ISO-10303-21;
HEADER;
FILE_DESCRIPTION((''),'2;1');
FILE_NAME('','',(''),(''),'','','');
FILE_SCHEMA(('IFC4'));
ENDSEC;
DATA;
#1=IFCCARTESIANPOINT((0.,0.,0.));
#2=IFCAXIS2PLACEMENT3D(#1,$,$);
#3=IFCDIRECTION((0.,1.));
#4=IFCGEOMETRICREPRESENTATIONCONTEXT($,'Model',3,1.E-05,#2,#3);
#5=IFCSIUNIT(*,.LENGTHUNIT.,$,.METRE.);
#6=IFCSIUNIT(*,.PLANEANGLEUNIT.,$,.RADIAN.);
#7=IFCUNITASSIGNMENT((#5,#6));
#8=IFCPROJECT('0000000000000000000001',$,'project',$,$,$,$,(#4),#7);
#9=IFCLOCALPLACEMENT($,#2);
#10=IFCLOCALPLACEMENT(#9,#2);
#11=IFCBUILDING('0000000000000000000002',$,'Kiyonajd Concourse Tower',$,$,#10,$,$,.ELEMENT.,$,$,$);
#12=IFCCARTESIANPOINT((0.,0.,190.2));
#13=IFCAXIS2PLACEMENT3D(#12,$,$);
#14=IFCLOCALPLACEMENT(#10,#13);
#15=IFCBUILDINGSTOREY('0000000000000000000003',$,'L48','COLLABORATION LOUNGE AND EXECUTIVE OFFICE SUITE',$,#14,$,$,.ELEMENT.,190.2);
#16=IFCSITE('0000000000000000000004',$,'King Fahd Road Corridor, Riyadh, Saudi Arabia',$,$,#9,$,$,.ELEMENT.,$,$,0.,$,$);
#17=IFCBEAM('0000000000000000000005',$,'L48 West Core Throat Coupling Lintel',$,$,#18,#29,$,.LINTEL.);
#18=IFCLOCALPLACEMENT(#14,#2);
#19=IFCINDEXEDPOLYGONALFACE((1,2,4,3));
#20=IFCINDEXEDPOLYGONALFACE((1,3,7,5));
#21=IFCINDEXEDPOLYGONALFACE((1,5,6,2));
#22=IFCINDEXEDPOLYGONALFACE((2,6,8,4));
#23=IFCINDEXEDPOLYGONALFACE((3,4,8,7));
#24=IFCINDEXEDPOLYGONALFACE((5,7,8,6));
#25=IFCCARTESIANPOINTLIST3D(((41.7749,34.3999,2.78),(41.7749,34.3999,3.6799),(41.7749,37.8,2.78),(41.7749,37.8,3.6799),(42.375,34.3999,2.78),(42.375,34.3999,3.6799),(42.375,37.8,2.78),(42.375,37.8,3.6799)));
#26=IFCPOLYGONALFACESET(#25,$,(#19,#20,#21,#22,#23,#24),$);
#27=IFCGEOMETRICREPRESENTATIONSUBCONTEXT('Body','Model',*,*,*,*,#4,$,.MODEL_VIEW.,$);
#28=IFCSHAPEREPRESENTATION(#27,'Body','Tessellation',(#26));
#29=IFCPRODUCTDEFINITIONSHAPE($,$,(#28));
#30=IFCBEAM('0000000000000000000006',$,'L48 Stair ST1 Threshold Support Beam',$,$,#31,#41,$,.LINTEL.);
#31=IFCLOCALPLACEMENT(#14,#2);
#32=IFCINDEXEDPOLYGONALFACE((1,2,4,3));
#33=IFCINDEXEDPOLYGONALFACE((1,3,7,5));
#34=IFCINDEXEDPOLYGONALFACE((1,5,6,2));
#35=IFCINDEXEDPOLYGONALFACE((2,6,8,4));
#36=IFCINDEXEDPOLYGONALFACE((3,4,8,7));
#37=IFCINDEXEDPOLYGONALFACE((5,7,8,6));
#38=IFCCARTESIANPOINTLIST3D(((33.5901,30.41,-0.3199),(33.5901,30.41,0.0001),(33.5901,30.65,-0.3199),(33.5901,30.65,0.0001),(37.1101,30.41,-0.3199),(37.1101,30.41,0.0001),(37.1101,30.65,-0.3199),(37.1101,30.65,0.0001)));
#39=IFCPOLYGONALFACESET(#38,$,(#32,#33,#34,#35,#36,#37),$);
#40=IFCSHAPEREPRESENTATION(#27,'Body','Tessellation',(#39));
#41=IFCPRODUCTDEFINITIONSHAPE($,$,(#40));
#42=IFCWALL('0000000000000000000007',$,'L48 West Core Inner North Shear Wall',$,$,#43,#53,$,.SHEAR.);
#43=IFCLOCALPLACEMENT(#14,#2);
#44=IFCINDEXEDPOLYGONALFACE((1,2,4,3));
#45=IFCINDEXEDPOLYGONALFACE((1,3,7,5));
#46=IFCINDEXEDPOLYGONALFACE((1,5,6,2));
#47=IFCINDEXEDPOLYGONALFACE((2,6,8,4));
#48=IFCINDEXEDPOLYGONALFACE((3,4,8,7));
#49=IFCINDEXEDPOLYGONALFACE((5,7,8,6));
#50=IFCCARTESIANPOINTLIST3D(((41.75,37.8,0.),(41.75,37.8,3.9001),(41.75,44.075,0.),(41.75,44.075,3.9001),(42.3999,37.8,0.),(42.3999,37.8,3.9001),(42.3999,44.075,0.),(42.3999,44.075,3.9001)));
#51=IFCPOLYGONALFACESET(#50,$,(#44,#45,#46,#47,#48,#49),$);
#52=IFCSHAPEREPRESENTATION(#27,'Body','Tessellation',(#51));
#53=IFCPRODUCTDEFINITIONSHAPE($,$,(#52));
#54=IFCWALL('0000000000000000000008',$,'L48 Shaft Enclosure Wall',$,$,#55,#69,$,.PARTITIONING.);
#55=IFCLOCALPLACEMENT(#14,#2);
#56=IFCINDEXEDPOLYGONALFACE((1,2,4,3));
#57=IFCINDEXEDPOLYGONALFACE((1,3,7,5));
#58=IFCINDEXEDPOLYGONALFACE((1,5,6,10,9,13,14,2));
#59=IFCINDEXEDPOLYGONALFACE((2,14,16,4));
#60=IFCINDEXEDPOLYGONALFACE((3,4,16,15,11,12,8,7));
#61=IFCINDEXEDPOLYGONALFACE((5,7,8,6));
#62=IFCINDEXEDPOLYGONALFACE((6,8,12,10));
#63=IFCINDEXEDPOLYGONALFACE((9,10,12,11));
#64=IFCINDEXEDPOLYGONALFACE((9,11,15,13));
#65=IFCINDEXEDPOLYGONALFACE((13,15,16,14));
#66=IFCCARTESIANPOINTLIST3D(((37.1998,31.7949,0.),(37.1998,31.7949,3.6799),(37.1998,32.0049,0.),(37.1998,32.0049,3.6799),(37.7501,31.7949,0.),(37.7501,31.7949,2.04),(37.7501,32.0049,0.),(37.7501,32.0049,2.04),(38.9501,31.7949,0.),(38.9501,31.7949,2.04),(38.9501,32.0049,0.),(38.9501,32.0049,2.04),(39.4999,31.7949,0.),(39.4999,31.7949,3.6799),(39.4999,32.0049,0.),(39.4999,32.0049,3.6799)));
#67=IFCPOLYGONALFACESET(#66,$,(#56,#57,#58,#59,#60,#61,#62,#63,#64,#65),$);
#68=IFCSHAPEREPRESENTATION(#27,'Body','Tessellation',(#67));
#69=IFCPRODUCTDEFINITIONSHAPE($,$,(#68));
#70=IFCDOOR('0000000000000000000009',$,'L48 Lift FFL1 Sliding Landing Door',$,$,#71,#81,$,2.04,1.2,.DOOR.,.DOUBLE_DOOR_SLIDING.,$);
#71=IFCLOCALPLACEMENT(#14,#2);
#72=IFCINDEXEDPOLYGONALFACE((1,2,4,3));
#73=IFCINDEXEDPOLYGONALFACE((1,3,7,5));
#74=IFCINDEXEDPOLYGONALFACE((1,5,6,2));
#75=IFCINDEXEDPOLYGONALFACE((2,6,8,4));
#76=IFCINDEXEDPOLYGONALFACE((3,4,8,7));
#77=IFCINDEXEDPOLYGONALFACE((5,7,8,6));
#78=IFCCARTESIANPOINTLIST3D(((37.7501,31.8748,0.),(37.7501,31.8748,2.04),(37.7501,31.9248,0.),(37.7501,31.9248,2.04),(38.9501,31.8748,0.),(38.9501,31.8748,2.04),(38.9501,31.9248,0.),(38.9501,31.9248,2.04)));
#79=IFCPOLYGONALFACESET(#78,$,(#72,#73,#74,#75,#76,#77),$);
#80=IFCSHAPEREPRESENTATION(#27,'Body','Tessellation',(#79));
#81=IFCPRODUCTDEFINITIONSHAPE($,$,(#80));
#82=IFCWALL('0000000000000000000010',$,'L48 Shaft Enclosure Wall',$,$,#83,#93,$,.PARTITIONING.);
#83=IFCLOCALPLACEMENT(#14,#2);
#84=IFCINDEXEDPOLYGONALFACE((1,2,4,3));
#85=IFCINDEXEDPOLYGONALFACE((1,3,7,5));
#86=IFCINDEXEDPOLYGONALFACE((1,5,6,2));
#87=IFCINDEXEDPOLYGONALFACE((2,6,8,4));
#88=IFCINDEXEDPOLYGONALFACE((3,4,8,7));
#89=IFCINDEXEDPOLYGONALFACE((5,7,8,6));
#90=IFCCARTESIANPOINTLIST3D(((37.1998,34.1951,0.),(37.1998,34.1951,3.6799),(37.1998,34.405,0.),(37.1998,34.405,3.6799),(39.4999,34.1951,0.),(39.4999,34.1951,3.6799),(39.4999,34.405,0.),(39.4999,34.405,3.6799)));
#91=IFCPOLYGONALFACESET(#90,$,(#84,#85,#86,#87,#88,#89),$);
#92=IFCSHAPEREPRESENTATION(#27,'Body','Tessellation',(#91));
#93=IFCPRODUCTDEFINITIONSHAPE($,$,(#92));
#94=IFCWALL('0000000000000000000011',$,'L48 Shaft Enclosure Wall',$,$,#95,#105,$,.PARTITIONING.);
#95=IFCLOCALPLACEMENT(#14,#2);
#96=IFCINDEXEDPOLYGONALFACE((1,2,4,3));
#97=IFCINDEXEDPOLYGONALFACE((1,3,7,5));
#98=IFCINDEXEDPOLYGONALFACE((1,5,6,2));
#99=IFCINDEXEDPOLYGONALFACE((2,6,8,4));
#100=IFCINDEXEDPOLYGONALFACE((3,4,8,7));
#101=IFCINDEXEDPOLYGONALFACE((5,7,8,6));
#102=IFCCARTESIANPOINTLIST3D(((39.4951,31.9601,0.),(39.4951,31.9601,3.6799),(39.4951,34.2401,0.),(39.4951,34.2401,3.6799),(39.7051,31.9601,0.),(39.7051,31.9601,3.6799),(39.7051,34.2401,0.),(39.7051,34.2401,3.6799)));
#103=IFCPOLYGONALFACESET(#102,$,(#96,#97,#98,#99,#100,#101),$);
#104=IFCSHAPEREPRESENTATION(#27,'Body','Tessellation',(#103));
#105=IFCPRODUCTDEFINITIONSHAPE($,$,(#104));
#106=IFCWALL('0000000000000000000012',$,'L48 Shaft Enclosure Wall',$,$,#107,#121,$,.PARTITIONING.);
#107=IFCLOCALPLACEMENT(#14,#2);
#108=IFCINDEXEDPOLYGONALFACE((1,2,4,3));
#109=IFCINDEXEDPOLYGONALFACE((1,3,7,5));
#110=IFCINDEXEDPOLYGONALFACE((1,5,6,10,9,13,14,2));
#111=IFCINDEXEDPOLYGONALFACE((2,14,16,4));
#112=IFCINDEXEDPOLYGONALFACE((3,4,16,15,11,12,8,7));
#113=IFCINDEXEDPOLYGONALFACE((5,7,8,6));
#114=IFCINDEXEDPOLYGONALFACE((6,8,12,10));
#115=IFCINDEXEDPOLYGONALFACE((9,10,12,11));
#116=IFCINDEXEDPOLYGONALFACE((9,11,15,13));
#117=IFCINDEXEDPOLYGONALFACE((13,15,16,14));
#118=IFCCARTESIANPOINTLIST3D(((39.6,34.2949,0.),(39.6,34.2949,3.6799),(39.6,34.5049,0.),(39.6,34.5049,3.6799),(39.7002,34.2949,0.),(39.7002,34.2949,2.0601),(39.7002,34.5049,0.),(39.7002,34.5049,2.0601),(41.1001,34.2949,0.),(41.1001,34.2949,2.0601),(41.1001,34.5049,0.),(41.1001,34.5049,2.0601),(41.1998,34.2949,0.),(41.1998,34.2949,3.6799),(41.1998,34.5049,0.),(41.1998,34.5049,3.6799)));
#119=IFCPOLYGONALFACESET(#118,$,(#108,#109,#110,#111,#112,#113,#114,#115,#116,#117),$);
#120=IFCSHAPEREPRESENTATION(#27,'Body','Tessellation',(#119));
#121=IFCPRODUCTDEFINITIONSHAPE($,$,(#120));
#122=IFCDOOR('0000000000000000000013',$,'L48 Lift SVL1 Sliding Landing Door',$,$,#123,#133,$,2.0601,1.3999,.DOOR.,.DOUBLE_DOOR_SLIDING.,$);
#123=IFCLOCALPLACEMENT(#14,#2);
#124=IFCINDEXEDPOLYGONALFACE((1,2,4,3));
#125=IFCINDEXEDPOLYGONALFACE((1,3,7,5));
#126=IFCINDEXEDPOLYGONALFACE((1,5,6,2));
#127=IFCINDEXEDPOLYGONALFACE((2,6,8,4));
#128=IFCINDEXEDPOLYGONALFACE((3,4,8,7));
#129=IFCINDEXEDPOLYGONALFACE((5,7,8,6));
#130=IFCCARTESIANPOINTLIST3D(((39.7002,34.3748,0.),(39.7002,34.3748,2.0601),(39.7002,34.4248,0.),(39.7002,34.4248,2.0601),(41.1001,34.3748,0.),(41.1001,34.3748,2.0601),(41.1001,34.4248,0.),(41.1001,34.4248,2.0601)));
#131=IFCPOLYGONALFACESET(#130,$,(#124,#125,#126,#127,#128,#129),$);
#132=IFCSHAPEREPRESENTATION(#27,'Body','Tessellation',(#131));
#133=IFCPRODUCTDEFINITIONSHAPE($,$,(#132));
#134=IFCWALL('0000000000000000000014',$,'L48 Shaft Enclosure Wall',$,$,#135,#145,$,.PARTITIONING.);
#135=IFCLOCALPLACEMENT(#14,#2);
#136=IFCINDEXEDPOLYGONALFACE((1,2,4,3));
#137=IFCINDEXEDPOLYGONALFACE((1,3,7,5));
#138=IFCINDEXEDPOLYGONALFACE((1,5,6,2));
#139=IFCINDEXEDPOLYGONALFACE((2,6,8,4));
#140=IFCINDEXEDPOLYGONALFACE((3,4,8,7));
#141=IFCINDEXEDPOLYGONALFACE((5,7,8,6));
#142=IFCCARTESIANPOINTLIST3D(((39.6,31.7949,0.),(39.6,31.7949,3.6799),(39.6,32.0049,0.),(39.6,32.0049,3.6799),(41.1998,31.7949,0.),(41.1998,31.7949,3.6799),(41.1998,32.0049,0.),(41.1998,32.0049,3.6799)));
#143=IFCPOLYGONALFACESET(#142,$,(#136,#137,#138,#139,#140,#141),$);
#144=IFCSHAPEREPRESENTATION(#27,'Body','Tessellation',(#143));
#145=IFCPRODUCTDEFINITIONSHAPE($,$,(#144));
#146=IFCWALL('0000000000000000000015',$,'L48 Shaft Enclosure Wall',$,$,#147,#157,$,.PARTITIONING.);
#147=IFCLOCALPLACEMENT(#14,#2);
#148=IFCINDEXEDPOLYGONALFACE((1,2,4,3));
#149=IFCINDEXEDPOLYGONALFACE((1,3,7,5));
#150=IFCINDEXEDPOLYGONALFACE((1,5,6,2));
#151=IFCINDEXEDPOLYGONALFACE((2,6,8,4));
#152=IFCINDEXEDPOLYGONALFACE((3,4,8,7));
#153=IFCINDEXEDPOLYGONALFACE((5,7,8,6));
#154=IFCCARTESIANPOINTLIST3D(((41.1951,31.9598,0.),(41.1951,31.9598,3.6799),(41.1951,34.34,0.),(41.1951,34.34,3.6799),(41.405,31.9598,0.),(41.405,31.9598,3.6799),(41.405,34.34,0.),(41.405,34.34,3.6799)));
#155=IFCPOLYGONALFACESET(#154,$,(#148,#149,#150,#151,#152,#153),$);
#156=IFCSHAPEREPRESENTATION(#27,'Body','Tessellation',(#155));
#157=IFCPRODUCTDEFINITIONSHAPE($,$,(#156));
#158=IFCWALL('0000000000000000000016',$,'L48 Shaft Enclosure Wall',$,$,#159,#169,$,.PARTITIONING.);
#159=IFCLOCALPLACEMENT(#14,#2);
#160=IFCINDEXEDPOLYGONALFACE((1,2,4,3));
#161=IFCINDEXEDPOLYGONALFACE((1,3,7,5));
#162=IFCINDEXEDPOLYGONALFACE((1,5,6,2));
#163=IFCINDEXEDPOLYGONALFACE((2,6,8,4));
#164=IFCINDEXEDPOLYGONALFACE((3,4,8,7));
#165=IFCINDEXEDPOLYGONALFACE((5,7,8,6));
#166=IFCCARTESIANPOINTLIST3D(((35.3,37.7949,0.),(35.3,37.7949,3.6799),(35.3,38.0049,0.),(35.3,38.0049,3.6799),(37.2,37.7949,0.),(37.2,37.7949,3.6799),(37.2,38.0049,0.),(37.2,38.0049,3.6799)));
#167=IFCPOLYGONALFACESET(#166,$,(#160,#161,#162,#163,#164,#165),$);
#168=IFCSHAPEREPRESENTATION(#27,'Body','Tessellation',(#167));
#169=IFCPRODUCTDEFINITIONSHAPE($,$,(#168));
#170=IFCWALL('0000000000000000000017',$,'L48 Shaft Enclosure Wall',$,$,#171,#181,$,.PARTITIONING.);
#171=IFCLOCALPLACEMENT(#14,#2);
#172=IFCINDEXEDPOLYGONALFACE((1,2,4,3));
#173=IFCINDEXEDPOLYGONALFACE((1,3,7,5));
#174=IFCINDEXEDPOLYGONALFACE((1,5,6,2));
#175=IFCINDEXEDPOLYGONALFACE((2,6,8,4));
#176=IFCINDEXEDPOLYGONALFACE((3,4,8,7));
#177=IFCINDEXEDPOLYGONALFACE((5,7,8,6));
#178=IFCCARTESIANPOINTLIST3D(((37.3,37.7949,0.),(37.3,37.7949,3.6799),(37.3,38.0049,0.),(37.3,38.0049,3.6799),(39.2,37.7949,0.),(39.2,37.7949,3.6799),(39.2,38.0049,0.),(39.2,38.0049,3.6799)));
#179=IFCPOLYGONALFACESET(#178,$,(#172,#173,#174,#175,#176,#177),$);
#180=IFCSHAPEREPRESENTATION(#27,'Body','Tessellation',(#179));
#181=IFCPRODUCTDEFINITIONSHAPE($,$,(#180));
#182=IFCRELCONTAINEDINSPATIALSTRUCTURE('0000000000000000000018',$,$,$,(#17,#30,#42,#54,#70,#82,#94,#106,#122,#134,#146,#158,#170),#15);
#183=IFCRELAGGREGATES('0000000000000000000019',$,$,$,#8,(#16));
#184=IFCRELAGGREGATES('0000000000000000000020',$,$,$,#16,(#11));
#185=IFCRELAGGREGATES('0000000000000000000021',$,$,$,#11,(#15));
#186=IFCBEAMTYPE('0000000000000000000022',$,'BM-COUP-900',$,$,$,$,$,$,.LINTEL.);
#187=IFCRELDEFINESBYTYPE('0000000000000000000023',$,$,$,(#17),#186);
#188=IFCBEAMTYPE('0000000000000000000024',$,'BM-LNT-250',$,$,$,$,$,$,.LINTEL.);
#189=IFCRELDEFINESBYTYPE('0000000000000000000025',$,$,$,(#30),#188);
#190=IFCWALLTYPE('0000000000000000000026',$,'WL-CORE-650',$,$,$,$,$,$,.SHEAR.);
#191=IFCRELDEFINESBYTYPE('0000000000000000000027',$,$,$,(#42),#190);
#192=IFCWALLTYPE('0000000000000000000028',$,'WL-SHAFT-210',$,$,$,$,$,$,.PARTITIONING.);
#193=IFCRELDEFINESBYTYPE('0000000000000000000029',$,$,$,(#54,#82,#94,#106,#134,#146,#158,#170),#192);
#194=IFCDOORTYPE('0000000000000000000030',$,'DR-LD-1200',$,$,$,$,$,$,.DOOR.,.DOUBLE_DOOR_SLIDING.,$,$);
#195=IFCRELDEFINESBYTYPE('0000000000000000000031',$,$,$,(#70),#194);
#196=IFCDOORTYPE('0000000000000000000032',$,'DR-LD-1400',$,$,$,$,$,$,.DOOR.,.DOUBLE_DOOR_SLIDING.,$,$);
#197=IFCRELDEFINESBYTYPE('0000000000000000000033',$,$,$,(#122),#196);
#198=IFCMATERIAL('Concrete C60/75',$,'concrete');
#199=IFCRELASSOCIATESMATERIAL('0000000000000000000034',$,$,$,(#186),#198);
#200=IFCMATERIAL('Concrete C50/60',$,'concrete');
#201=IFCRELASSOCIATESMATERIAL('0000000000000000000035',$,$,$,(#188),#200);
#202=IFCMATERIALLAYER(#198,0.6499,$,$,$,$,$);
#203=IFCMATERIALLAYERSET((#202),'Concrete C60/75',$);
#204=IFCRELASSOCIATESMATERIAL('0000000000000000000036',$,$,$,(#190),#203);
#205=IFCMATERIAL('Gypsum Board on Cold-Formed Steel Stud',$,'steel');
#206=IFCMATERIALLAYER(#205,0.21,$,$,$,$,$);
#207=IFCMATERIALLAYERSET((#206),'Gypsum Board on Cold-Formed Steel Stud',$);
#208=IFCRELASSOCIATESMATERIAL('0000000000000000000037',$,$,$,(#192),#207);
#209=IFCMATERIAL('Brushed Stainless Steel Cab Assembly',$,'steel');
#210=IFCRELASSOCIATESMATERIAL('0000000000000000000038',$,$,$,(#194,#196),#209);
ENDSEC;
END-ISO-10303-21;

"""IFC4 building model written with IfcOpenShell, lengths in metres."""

from ifc_helpers import new_model, si_unit, direction, frame, frame_2d, origin, origin_2d, place, context, subcontext, project, spatial, rectangle, extrude, material, layer, layer_set, material_profile, profile_set, type_object, element, fill, save


model = new_model("IFC4")

# Units and contexts
model_context = context("Model", 3, precision=1e-05, world=origin(), true_north=direction((0.0, 1.0)))
body_context = subcontext(model_context, "Body", "Model", "MODEL_VIEW")
ifc_project = project(units=[si_unit("LENGTHUNIT", "METRE"), si_unit("PLANEANGLEUNIT", "RADIAN")], contexts=[model_context])

# Site, building, storey
site_placement = place(None, origin())
site = spatial("IfcSite", under=ifc_project, at=site_placement, Name="King Fahd Road Corridor, Riyadh, Saudi Arabia", CompositionType="ELEMENT", RefElevation=0.0)
building_placement = place(site_placement, origin())
building = spatial("IfcBuilding", under=site, at=building_placement, Name="Kiyonajd Concourse Tower", CompositionType="ELEMENT")
storey_placement = place(building_placement, frame((0.0, 0.0, 190.2)))
storey = spatial("IfcBuildingStorey", under=building, at=storey_placement, Name="L48", Description="COLLABORATION LOUNGE AND EXECUTIVE OFFICE SUITE", CompositionType="ELEMENT", Elevation=190.2)

# Beams
ifc_material_1 = material(Name="Concrete C60/75", Category="concrete")
ifc_material_profile_1 = material_profile(ifc_material_1, rectangle(XDim=0.6001, YDim=0.8999, at=origin_2d()), Name="RCBM-600x900")
ifc_profile_set_1 = profile_set([ifc_material_profile_1], Name="Concrete C60/75")
beam_type_1 = type_object("IfcBeamType", Name="BM-COUP-900", PredefinedType="LINTEL", material=ifc_profile_set_1)
beam_1_placement = place(storey_placement, frame((42.075, 34.3999, 3.23), z_axis=(0.0, 1.0, 0.0), x_axis=(-1.0, 0.0, 0.0)))
element("IfcBeam", 1, at=beam_1_placement, inside=storey, type_object=beam_type_1, Name="L48 West Core Throat Coupling Lintel", PredefinedType="LINTEL", context=body_context, shape_type="SweptSolid", body=[
    extrude(rectangle(XDim=0.6001, YDim=0.8999, at=origin_2d()), origin(), (0.0, 0.0, 1.0), 3.4001),
])
ifc_material_2 = material(Name="Concrete C50/60", Category="concrete")
ifc_material_profile_2 = material_profile(ifc_material_2, rectangle(XDim=0.24, YDim=0.3201, at=origin_2d()), Name="RCBM-240x320")
ifc_profile_set_2 = profile_set([ifc_material_profile_2], Name="Concrete C50/60")
beam_type_2 = type_object("IfcBeamType", Name="BM-LNT-250", PredefinedType="LINTEL", material=ifc_profile_set_2)
beam_2_placement = place(storey_placement, frame((33.5901, 30.53, -0.1599), z_axis=(1.0, 0.0, 0.0), x_axis=(0.0, 1.0, 0.0)))
element("IfcBeam", 2, at=beam_2_placement, inside=storey, type_object=beam_type_2, Name="L48 Stair ST1 Threshold Support Beam", PredefinedType="LINTEL", context=body_context, shape_type="SweptSolid", body=[
    extrude(rectangle(XDim=0.24, YDim=0.3201, at=origin_2d()), origin(), (0.0, 0.0, 1.0), 3.52),
])

# Wall
ifc_layer_1 = layer(ifc_material_1, 0.6499)
ifc_layer_set_1 = layer_set([ifc_layer_1], Name="Concrete C60/75")
wall_type_1 = type_object("IfcWallType", Name="WL-CORE-650", PredefinedType="SHEAR", material=ifc_layer_set_1)
wall_1_placement = place(storey_placement, frame((42.075, 37.8, 0.0), z_axis=(0.0, 0.0, 1.0), x_axis=(0.0, 1.0, 0.0)))
element("IfcWall", 3, at=wall_1_placement, inside=storey, type_object=wall_type_1, Name="L48 West Core Inner North Shear Wall", PredefinedType="SHEAR", context=body_context, shape_type="SweptSolid", body=[
    extrude(rectangle(XDim=6.2749, YDim=0.6499, at=frame_2d((3.1375, 0.0))), origin(), (0.0, 0.0, 1.0), 3.9001),
])

# Wall, opening, door
ifc_material_3 = material(Name="Gypsum Board on Cold-Formed Steel Stud", Category="steel")
ifc_layer_2 = layer(ifc_material_3, 0.21)
ifc_layer_set_2 = layer_set([ifc_layer_2], Name="Gypsum Board on Cold-Formed Steel Stud")
wall_type_2 = type_object("IfcWallType", Name="WL-SHAFT-210", PredefinedType="PARTITIONING", material=ifc_layer_set_2)
wall_2_placement = place(storey_placement, frame((37.2, 31.8999, 0.0), z_axis=(0.0, 0.0, 1.0), x_axis=(1.0, 0.0, 0.0)))
wall_2 = element("IfcWall", 4, at=wall_2_placement, inside=storey, type_object=wall_type_2, Name="L48 Shaft Enclosure Wall", PredefinedType="PARTITIONING", context=body_context, shape_type="SweptSolid", body=[
    extrude(rectangle(XDim=2.3, YDim=0.21, at=frame_2d((1.1499, 0.0))), origin(), (0.0, 0.0, 1.0), 3.6799),
])
opening_1_placement = place(wall_2_placement, frame((0.55, 0.0, 0.0)))
opening_1 = element("IfcOpeningElement", 5, at=opening_1_placement, cuts=wall_2, PredefinedType="OPENING", context=body_context, shape_type="SweptSolid", body=[
    extrude(rectangle(XDim=1.2, YDim=2.04, at=frame_2d((0.6001, 1.02))), frame((0.0, 0.115, 0.0), z_axis=(0.0, -1.0, 0.0), x_axis=(1.0, 0.0, 0.0)), (0.0, 0.0, 1.0), 0.23),
])
ifc_material_4 = material(Name="Brushed Stainless Steel Cab Assembly", Category="steel")
door_type_1 = type_object("IfcDoorType", Name="DR-LD-1200", OperationType="DOUBLE_DOOR_SLIDING", PredefinedType="DOOR", material=ifc_material_4)
door_1_placement = place(opening_1_placement, origin())
door_1 = element("IfcDoor", 6, at=door_1_placement, inside=storey, type_object=door_type_1, Name="L48 Lift FFL1 Sliding Landing Door", OperationType="DOUBLE_DOOR_SLIDING", OverallHeight=2.04, OverallWidth=1.2, PredefinedType="DOOR", context=body_context, shape_type="SweptSolid", body=[
    extrude(rectangle(XDim=1.2, YDim=2.04, at=frame_2d((0.6001, 1.02))), frame((0.0, 0.0249, 0.0), z_axis=(0.0, -1.0, 0.0), x_axis=(1.0, 0.0, 0.0)), (0.0, 0.0, 1.0), 0.05),
])
fill(opening_1, door_1)

# Walls
wall_3_placement = place(storey_placement, frame((37.2, 34.3, 0.0), z_axis=(0.0, 0.0, 1.0), x_axis=(1.0, 0.0, 0.0)))
element("IfcWall", 7, at=wall_3_placement, inside=storey, type_object=wall_type_2, Name="L48 Shaft Enclosure Wall", PredefinedType="PARTITIONING", context=body_context, shape_type="SweptSolid", body=[
    extrude(rectangle(XDim=2.3, YDim=0.21, at=frame_2d((1.1499, 0.0))), origin(), (0.0, 0.0, 1.0), 3.6799),
])
wall_4_placement = place(storey_placement, frame((39.6001, 31.96, 0.0), z_axis=(0.0, 0.0, 1.0), x_axis=(0.0, 1.0, 0.0)))
element("IfcWall", 8, at=wall_4_placement, inside=storey, type_object=wall_type_2, Name="L48 Shaft Enclosure Wall", PredefinedType="PARTITIONING", context=body_context, shape_type="SweptSolid", body=[
    extrude(rectangle(XDim=2.28, YDim=0.21, at=frame_2d((1.1401, 0.0))), origin(), (0.0, 0.0, 1.0), 3.6799),
])

# Wall, opening, door
wall_5_placement = place(storey_placement, frame((39.6001, 34.3999, 0.0), z_axis=(0.0, 0.0, 1.0), x_axis=(1.0, 0.0, 0.0)))
wall_5 = element("IfcWall", 9, at=wall_5_placement, inside=storey, type_object=wall_type_2, Name="L48 Shaft Enclosure Wall", PredefinedType="PARTITIONING", context=body_context, shape_type="SweptSolid", body=[
    extrude(rectangle(XDim=1.5999, YDim=0.21, at=frame_2d((0.7998, 0.0))), origin(), (0.0, 0.0, 1.0), 3.6799),
])
opening_2_placement = place(wall_5_placement, frame((0.1001, 0.0, 0.0)))
opening_2 = element("IfcOpeningElement", 10, at=opening_2_placement, cuts=wall_5, PredefinedType="OPENING", context=body_context, shape_type="SweptSolid", body=[
    extrude(rectangle(XDim=1.3999, YDim=2.0601, at=frame_2d((0.7, 1.03))), frame((0.0, 0.115, 0.0), z_axis=(0.0, -1.0, 0.0), x_axis=(1.0, 0.0, 0.0)), (0.0, 0.0, 1.0), 0.23),
])
door_type_2 = type_object("IfcDoorType", Name="DR-LD-1400", OperationType="DOUBLE_DOOR_SLIDING", PredefinedType="DOOR", material=ifc_material_4)
door_2_placement = place(opening_2_placement, origin())
door_2 = element("IfcDoor", 11, at=door_2_placement, inside=storey, type_object=door_type_2, Name="L48 Lift SVL1 Sliding Landing Door", OperationType="DOUBLE_DOOR_SLIDING", OverallHeight=2.0601, OverallWidth=1.3999, PredefinedType="DOOR", context=body_context, shape_type="SweptSolid", body=[
    extrude(rectangle(XDim=1.3999, YDim=2.0601, at=frame_2d((0.7, 1.03))), frame((0.0, 0.0249, 0.0), z_axis=(0.0, -1.0, 0.0), x_axis=(1.0, 0.0, 0.0)), (0.0, 0.0, 1.0), 0.05),
])
fill(opening_2, door_2)

# Walls
wall_6_placement = place(storey_placement, frame((39.6001, 31.8999, 0.0), z_axis=(0.0, 0.0, 1.0), x_axis=(1.0, 0.0, 0.0)))
element("IfcWall", 12, at=wall_6_placement, inside=storey, type_object=wall_type_2, Name="L48 Shaft Enclosure Wall", PredefinedType="PARTITIONING", context=body_context, shape_type="SweptSolid", body=[
    extrude(rectangle(XDim=1.5999, YDim=0.21, at=frame_2d((0.7998, 0.0))), origin(), (0.0, 0.0, 1.0), 3.6799),
])
wall_7_placement = place(storey_placement, frame((41.3, 31.96, 0.0), z_axis=(0.0, 0.0, 1.0), x_axis=(0.0, 1.0, 0.0)))
element("IfcWall", 13, at=wall_7_placement, inside=storey, type_object=wall_type_2, Name="L48 Shaft Enclosure Wall", PredefinedType="PARTITIONING", context=body_context, shape_type="SweptSolid", body=[
    extrude(rectangle(XDim=2.3801, YDim=0.21, at=frame_2d((1.1899, 0.0))), origin(), (0.0, 0.0, 1.0), 3.6799),
])
for number, where, z_axis, x_axis, name in (
    (14, (35.3, 37.8999, 0.0), (0.0, 0.0, 1.0), (1.0, 0.0, 0.0), "L48 Shaft Enclosure Wall"),
    (15, (37.3, 37.8999, 0.0), (0.0, 0.0, 1.0), (1.0, 0.0, 0.0), "L48 Shaft Enclosure Wall"),
):
    element("IfcWall", number, at=place(storey_placement, frame(where, z_axis=z_axis, x_axis=x_axis)), inside=storey, type_object=wall_type_2, Name=name, PredefinedType="PARTITIONING", context=body_context, shape_type="SweptSolid", body=[
        extrude(rectangle(XDim=1.8999, YDim=0.21, at=frame_2d((0.95, 0.0))), origin(), (0.0, 0.0, 1.0), 3.6799),
    ])

save(model, "model.ifc")
